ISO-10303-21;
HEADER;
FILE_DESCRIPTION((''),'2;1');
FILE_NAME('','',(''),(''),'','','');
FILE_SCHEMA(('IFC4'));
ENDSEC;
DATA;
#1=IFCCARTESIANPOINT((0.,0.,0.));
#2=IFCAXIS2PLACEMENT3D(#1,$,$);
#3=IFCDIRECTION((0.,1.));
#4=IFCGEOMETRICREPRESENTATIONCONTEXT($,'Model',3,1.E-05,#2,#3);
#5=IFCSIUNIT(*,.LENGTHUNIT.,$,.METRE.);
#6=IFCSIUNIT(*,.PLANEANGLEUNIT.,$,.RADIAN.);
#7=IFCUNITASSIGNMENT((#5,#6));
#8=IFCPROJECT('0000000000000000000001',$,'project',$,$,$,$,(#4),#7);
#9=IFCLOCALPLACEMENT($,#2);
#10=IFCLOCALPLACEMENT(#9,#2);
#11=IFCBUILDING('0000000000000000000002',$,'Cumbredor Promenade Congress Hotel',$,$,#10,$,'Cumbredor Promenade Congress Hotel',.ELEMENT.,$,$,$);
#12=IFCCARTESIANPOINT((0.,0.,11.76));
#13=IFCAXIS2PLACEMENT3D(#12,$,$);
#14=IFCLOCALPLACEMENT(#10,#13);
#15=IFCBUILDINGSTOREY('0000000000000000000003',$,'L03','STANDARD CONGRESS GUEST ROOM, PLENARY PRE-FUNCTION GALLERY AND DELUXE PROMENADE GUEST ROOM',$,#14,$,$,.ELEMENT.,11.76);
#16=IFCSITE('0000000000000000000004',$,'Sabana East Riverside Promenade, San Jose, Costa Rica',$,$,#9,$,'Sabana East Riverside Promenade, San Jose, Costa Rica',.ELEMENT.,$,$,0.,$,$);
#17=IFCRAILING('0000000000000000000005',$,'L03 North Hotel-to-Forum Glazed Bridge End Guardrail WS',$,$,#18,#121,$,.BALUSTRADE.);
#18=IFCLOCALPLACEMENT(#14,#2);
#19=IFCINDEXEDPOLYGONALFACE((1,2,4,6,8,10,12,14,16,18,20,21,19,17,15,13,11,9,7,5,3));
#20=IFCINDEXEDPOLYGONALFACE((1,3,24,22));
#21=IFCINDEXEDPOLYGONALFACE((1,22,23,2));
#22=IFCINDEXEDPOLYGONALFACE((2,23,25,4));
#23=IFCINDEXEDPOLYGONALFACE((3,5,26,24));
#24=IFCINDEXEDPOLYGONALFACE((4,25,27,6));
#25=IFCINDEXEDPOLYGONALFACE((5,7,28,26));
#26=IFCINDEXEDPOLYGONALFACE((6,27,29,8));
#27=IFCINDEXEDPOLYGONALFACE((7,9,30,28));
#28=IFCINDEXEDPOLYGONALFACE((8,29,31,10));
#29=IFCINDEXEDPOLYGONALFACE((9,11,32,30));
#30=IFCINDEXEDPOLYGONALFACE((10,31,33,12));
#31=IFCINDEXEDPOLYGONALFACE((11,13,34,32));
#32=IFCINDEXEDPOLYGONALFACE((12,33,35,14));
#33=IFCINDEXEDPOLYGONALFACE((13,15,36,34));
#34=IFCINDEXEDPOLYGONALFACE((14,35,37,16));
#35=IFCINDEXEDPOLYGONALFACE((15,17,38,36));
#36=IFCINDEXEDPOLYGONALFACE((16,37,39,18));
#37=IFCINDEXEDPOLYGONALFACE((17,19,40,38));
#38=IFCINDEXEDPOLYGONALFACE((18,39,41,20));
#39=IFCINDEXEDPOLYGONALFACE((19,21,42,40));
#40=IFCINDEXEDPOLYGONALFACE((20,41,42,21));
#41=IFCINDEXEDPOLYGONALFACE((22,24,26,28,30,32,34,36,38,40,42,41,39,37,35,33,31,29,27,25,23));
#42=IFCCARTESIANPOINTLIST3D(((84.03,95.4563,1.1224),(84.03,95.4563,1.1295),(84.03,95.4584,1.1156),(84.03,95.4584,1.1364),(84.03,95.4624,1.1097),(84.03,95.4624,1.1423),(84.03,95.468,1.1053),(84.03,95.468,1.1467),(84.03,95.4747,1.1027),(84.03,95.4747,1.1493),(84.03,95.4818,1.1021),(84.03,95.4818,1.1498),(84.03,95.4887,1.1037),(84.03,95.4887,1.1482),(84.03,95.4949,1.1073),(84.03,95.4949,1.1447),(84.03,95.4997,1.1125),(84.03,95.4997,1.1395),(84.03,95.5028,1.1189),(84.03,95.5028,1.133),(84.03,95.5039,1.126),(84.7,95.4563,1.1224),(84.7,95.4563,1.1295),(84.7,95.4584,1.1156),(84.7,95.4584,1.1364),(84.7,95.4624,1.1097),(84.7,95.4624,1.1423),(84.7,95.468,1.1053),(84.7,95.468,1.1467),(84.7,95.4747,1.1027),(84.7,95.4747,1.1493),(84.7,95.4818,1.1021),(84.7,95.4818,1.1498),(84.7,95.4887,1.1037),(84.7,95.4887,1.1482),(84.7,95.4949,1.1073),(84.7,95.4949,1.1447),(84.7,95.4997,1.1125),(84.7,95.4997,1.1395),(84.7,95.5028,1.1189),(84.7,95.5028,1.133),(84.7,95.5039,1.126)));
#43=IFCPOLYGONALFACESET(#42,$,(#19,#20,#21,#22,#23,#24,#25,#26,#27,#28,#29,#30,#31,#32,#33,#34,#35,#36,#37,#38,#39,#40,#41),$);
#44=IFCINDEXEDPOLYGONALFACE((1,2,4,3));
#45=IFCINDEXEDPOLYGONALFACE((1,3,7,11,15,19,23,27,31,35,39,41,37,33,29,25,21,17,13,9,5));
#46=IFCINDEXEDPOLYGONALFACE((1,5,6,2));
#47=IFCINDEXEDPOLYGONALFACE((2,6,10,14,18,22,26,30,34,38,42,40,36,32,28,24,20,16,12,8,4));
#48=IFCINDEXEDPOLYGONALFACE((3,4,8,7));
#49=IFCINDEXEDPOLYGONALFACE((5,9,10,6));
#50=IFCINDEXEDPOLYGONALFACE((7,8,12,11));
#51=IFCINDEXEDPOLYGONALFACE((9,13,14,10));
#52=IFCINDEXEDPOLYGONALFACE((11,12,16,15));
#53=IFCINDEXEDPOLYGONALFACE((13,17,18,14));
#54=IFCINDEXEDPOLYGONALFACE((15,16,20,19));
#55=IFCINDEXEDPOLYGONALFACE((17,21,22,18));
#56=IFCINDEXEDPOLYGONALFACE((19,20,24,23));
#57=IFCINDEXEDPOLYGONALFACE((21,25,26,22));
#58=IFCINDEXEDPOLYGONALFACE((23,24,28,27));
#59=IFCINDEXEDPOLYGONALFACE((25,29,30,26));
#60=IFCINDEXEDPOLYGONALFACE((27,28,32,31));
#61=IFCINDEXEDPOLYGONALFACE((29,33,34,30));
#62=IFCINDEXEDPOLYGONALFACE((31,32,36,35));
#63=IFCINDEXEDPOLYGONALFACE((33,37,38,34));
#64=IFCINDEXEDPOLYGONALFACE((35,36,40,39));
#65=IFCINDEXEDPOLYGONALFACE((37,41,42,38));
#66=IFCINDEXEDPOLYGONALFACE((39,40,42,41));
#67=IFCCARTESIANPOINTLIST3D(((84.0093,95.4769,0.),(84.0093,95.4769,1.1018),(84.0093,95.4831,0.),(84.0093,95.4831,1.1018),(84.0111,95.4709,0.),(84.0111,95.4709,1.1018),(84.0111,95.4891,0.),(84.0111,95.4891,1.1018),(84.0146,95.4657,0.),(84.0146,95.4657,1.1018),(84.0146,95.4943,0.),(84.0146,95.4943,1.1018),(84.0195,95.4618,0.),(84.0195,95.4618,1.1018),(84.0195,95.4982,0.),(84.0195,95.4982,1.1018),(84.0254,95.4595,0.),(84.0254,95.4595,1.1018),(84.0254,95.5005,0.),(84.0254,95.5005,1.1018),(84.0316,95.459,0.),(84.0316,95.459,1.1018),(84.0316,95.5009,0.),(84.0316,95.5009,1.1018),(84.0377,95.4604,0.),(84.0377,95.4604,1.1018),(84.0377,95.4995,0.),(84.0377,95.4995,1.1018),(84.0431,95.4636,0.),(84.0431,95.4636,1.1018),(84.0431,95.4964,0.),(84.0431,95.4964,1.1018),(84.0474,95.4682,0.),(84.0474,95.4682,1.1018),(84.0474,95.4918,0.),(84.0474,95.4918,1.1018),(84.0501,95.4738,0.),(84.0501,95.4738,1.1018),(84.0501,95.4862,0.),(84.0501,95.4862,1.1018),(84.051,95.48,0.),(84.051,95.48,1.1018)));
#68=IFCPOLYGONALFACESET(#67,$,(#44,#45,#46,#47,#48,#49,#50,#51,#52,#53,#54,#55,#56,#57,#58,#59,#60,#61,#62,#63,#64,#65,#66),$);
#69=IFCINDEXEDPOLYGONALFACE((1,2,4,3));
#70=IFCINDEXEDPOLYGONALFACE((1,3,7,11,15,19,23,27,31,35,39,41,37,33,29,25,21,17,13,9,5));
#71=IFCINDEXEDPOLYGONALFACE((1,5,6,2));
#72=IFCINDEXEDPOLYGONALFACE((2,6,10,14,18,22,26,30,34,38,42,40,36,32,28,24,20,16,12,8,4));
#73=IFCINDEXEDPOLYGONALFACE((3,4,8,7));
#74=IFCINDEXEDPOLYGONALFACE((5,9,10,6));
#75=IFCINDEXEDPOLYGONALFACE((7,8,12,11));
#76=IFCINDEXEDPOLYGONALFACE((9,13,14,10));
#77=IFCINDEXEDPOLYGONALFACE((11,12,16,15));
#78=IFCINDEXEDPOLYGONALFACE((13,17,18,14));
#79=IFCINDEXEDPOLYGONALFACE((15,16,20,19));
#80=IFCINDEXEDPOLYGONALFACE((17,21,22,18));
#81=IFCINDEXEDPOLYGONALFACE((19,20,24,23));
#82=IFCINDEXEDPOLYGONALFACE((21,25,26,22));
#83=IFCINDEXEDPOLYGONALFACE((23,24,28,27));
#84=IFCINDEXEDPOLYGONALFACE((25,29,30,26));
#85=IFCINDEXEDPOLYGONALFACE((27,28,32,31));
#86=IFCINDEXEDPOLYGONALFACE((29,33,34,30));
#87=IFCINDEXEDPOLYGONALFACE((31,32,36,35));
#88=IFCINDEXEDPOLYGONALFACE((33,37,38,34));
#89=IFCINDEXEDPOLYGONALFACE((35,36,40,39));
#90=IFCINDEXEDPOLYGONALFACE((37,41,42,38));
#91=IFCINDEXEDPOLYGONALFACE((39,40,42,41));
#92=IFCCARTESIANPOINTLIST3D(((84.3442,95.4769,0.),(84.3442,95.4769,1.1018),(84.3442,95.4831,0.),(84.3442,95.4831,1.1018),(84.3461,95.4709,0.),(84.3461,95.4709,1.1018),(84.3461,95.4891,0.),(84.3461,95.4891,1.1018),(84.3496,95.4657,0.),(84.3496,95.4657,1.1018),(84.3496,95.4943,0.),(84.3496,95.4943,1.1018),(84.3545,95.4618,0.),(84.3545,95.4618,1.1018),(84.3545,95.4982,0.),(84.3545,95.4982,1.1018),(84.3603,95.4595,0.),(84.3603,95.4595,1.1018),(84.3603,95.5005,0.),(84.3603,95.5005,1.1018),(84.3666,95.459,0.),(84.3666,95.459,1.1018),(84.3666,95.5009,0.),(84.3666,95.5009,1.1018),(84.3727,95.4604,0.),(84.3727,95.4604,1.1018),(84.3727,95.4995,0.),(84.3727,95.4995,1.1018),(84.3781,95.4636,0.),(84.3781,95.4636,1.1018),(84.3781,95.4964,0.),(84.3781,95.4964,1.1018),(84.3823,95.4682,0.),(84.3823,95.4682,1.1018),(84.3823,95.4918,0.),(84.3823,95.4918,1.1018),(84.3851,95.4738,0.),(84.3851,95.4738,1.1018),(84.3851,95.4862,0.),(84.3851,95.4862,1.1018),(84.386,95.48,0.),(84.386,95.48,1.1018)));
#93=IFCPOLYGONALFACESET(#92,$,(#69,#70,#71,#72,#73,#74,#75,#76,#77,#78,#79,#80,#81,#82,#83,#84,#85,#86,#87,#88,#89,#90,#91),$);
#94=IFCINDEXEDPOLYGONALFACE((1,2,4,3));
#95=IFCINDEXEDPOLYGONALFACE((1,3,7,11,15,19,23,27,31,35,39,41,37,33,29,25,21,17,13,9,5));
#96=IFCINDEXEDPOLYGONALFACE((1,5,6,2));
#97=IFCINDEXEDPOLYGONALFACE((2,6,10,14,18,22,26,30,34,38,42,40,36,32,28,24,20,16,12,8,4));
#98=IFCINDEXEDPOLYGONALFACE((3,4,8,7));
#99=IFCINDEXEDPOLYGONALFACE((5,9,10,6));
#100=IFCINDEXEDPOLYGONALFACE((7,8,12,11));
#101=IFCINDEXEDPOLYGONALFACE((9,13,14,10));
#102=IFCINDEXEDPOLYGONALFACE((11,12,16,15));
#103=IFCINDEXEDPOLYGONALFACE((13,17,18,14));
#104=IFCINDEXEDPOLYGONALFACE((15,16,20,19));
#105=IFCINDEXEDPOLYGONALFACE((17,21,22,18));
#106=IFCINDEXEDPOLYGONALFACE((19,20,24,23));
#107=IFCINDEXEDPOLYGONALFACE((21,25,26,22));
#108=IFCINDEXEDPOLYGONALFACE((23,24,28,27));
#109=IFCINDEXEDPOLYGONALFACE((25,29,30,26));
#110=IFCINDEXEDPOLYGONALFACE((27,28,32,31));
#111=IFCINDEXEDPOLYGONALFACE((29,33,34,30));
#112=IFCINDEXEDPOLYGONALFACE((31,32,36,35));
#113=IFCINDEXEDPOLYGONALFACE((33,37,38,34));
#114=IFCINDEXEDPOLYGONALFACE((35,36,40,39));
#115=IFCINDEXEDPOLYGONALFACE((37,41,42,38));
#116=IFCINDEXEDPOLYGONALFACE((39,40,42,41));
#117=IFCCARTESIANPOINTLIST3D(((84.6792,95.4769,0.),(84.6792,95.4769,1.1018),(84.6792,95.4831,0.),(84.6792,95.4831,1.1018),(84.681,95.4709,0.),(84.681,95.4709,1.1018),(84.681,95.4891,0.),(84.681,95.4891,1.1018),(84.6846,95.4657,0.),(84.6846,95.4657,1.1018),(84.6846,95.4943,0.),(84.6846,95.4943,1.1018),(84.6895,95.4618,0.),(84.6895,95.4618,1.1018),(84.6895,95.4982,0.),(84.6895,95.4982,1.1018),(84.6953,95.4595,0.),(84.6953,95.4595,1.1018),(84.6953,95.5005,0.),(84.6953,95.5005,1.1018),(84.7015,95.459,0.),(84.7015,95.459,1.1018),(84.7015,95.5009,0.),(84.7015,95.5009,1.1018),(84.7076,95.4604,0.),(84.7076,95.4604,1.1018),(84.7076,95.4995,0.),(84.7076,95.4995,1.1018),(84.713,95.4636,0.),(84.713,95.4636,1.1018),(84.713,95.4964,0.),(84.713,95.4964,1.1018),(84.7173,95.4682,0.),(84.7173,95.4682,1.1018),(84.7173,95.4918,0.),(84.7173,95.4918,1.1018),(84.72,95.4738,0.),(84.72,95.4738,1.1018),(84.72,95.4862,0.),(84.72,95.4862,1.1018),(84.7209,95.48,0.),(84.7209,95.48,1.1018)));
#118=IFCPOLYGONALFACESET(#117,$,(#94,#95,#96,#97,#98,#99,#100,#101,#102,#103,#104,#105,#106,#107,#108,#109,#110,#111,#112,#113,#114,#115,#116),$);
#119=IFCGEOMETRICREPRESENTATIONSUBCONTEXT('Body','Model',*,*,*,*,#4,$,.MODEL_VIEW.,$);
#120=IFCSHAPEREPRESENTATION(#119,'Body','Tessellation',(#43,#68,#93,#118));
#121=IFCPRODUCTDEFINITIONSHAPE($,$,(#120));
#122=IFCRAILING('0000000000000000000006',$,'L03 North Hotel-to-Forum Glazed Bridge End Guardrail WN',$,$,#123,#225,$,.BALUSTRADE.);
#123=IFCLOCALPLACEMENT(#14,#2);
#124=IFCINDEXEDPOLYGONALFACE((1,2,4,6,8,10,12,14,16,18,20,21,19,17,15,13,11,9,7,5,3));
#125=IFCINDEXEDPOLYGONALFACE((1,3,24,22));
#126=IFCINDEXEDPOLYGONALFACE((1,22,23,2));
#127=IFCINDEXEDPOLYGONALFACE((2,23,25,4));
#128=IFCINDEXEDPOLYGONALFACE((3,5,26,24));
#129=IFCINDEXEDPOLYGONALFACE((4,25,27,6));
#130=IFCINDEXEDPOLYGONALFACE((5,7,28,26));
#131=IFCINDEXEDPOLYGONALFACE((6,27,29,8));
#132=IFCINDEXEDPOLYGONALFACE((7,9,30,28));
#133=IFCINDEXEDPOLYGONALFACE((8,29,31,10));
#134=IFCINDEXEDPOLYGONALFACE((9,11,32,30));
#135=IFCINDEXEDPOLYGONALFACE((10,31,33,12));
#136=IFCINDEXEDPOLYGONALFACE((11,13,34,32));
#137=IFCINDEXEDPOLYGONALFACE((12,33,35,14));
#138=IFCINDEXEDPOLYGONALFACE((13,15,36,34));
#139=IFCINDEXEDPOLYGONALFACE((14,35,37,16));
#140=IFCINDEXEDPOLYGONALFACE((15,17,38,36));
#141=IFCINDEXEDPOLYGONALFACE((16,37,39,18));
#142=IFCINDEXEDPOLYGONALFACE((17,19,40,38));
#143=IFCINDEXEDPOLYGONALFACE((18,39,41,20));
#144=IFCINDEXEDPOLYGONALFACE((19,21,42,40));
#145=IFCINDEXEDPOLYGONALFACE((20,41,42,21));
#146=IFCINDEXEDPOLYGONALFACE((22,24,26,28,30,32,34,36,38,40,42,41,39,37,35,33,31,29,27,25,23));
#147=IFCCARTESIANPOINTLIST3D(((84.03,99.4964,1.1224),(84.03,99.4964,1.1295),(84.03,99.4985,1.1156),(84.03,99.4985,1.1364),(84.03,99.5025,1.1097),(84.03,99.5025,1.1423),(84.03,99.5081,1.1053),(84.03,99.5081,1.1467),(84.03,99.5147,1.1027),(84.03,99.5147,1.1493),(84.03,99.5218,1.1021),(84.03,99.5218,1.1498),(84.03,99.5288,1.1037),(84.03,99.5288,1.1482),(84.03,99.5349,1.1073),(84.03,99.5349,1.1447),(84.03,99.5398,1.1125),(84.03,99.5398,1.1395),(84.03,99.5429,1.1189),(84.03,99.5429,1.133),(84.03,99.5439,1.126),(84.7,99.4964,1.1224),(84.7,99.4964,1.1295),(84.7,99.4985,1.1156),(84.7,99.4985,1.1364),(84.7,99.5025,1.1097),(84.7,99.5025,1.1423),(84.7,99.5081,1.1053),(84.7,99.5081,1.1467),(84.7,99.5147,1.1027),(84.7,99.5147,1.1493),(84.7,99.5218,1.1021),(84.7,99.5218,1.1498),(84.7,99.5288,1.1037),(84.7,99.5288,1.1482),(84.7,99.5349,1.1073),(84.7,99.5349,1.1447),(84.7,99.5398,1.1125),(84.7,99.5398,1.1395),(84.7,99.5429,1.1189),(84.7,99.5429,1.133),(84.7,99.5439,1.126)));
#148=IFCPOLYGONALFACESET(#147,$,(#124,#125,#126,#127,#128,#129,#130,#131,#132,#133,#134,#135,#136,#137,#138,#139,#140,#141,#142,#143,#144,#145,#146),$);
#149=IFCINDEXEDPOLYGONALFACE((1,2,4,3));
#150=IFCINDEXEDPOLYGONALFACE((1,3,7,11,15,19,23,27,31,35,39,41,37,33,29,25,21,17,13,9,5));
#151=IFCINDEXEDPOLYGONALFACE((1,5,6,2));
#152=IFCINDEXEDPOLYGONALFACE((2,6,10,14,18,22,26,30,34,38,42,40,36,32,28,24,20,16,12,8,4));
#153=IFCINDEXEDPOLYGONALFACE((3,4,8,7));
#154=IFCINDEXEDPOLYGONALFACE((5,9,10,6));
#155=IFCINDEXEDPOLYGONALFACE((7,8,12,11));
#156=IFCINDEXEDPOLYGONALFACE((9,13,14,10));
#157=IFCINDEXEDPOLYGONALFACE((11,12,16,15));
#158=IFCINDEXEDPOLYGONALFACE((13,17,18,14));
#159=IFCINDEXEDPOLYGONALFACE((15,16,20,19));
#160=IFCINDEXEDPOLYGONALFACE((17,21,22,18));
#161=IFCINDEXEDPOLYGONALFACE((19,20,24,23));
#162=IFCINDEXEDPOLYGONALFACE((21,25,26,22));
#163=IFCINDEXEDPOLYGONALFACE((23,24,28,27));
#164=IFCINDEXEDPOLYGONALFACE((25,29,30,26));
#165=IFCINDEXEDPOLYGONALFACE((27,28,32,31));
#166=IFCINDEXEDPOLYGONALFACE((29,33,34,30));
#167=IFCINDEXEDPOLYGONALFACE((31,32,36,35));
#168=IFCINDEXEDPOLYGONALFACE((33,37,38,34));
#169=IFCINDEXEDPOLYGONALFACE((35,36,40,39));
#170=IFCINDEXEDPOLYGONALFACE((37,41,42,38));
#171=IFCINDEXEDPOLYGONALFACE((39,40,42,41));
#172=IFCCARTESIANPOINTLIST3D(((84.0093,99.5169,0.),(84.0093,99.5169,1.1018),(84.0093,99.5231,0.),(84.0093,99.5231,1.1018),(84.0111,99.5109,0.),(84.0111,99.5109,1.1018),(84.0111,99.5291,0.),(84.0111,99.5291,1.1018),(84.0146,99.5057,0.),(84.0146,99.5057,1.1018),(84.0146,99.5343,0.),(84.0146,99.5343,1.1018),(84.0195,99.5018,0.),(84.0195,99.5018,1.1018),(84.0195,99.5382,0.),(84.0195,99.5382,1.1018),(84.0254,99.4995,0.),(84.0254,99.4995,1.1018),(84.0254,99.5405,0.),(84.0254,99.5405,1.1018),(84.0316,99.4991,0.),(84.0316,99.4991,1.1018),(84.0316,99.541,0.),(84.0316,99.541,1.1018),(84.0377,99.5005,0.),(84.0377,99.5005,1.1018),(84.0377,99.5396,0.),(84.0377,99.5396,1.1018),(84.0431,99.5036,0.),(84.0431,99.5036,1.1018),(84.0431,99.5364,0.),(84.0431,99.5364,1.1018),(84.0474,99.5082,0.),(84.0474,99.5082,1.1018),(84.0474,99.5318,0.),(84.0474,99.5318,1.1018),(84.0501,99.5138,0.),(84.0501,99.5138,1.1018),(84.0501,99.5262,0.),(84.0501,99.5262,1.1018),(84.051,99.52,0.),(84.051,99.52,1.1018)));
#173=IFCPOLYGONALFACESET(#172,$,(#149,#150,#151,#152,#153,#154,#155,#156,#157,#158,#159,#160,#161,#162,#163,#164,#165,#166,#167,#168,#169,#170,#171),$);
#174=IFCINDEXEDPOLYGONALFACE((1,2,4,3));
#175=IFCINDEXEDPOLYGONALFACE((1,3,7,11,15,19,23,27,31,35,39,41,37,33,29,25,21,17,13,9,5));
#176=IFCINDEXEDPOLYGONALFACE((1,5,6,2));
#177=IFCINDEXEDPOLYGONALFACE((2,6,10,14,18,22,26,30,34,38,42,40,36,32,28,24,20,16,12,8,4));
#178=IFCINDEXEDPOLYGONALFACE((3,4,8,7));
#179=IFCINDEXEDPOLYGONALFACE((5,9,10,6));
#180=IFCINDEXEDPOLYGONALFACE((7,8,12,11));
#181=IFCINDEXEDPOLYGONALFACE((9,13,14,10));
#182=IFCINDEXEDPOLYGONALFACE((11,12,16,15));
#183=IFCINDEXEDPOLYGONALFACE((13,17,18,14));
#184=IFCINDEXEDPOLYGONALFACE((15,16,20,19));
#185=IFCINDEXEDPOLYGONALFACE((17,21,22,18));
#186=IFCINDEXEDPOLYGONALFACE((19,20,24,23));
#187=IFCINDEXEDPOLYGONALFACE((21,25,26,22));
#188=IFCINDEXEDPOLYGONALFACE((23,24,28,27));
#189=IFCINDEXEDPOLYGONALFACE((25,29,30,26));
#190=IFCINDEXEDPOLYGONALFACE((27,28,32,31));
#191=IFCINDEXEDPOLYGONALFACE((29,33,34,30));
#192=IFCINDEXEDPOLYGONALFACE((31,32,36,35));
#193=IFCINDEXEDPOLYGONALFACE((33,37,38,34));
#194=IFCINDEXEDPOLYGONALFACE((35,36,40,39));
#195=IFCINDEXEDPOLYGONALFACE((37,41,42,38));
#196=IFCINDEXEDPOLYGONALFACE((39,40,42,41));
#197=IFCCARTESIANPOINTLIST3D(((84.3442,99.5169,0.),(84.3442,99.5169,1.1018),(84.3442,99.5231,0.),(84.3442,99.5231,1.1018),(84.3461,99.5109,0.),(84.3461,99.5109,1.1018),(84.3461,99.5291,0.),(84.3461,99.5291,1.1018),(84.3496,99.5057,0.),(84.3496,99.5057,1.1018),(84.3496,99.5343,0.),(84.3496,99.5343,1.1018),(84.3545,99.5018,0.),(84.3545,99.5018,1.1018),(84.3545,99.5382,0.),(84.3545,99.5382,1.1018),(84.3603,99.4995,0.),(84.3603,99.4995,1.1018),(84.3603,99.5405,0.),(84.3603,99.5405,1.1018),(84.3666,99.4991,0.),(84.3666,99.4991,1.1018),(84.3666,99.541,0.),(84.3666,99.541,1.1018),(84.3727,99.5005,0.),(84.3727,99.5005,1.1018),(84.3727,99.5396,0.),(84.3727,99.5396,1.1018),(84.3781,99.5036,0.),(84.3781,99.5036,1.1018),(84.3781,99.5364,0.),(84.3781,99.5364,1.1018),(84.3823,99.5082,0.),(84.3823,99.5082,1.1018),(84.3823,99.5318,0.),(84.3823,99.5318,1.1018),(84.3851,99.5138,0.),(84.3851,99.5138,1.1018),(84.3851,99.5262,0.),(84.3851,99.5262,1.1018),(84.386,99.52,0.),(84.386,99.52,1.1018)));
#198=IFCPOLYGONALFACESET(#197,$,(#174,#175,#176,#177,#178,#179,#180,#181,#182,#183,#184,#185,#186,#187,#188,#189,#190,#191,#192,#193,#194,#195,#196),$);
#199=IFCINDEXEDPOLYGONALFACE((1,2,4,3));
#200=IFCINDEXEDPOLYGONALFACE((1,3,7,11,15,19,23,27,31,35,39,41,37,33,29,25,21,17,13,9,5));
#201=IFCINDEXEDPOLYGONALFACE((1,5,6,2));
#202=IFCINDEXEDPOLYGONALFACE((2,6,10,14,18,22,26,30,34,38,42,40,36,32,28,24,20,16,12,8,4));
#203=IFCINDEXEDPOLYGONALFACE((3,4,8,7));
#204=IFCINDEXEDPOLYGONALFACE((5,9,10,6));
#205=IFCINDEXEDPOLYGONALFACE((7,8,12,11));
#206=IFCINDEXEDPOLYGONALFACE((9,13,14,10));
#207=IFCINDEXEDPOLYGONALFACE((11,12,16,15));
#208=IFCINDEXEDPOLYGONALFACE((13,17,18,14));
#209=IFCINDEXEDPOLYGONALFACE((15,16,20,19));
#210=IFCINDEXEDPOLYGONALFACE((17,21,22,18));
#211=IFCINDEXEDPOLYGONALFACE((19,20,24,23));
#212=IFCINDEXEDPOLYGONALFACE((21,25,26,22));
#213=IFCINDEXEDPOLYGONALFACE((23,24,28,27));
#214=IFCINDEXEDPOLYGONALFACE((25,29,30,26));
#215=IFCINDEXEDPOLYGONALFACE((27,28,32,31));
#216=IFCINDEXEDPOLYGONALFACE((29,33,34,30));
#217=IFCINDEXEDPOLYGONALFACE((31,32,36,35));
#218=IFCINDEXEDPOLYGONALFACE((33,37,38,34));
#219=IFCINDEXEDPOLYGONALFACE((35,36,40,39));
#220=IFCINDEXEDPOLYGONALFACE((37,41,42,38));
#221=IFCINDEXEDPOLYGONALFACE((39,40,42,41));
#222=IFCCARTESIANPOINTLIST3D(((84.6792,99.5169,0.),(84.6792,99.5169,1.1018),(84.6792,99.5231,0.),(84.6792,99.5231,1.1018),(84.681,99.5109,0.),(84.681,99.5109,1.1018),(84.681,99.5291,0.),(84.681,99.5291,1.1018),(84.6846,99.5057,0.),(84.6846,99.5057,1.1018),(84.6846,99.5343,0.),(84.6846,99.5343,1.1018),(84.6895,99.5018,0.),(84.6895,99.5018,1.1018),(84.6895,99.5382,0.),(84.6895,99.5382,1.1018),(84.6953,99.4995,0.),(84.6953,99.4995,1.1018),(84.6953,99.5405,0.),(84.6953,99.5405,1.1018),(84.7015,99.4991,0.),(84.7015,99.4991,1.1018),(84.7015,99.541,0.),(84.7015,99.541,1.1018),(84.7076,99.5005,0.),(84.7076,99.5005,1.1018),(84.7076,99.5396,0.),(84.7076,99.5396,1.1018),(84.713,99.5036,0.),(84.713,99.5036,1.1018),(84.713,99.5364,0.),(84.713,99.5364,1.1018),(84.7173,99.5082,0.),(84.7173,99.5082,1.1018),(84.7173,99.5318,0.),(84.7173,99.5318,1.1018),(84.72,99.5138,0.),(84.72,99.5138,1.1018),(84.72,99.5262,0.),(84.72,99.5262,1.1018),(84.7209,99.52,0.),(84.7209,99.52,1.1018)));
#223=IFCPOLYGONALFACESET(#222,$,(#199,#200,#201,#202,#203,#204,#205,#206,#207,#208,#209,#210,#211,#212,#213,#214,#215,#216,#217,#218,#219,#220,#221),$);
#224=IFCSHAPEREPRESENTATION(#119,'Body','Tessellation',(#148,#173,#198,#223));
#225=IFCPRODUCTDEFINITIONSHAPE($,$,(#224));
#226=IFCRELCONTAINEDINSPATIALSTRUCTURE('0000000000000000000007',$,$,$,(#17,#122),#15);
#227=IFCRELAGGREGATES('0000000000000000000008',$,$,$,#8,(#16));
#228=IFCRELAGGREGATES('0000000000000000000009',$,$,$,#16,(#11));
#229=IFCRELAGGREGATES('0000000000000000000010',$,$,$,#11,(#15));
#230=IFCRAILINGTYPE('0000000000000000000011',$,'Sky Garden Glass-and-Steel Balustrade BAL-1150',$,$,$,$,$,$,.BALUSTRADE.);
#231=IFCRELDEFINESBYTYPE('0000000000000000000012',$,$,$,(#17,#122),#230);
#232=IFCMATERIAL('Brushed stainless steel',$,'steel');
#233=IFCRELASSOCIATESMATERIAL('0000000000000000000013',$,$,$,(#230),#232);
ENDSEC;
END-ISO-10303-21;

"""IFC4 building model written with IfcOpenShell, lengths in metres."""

from ifc_helpers import new_model, si_unit, direction, frame, origin, origin_2d, place, context, subcontext, project, spatial, circle, extrude, material, type_object, element, save


model = new_model("IFC4")

# Units and contexts
model_context = context("Model", 3, precision=1e-05, world=origin(), true_north=direction((0.0, 1.0)))
body_context = subcontext(model_context, "Body", "Model", "MODEL_VIEW")
ifc_project = project(units=[si_unit("LENGTHUNIT", "METRE"), si_unit("PLANEANGLEUNIT", "RADIAN")], contexts=[model_context])

# Site, building, storey
site_placement = place(None, origin())
site = spatial("IfcSite", under=ifc_project, at=site_placement, Name="Sabana East Riverside Promenade, San Jose, Costa Rica", LongName="Sabana East Riverside Promenade, San Jose, Costa Rica", CompositionType="ELEMENT", RefElevation=0.0)
building_placement = place(site_placement, origin())
building = spatial("IfcBuilding", under=site, at=building_placement, Name="Cumbredor Promenade Congress Hotel", LongName="Cumbredor Promenade Congress Hotel", CompositionType="ELEMENT")
storey_placement = place(building_placement, frame((0.0, 0.0, 11.76)))
storey = spatial("IfcBuildingStorey", under=building, at=storey_placement, Name="L03", Description="STANDARD CONGRESS GUEST ROOM, PLENARY PRE-FUNCTION GALLERY AND DELUXE PROMENADE GUEST ROOM", CompositionType="ELEMENT", Elevation=11.76)

# Railings
ifc_material_1 = material(Name="Brushed stainless steel", Category="steel")
railing_type = type_object("IfcRailingType", Name="Sky Garden Glass-and-Steel Balustrade BAL-1150", PredefinedType="BALUSTRADE", material=ifc_material_1)
for number, where, name in (
    (1, (84.03, 95.48, 0.0), "L03 North Hotel-to-Forum Glazed Bridge End Guardrail WS"),
    (2, (84.03, 99.52, 0.0), "L03 North Hotel-to-Forum Glazed Bridge End Guardrail WN"),
):
    element("IfcRailing", number, at=place(storey_placement, frame(where)), inside=storey, type_object=railing_type, Name=name, PredefinedType="BALUSTRADE", context=body_context, shape_type="SweptSolid", body=[
        extrude(circle(Radius=0.0239, at=origin_2d()), frame((0.0, 0.0, 1.126), z_axis=(1.0, 0.0, 0.0), x_axis=(0.0, 1.0, 0.0)), (0.0, 0.0, 1.0), 0.6699),
        extrude(circle(Radius=0.021, at=origin_2d()), origin(), (0.0, 0.0, 1.0), 1.1018),
        extrude(circle(Radius=0.021, at=origin_2d()), frame((0.335, 0.0, 0.0)), (0.0, 0.0, 1.0), 1.1018),
        extrude(circle(Radius=0.021, at=origin_2d()), frame((0.6699, 0.0, 0.0)), (0.0, 0.0, 1.0), 1.1018),
    ])

save(model, "model.ifc")
